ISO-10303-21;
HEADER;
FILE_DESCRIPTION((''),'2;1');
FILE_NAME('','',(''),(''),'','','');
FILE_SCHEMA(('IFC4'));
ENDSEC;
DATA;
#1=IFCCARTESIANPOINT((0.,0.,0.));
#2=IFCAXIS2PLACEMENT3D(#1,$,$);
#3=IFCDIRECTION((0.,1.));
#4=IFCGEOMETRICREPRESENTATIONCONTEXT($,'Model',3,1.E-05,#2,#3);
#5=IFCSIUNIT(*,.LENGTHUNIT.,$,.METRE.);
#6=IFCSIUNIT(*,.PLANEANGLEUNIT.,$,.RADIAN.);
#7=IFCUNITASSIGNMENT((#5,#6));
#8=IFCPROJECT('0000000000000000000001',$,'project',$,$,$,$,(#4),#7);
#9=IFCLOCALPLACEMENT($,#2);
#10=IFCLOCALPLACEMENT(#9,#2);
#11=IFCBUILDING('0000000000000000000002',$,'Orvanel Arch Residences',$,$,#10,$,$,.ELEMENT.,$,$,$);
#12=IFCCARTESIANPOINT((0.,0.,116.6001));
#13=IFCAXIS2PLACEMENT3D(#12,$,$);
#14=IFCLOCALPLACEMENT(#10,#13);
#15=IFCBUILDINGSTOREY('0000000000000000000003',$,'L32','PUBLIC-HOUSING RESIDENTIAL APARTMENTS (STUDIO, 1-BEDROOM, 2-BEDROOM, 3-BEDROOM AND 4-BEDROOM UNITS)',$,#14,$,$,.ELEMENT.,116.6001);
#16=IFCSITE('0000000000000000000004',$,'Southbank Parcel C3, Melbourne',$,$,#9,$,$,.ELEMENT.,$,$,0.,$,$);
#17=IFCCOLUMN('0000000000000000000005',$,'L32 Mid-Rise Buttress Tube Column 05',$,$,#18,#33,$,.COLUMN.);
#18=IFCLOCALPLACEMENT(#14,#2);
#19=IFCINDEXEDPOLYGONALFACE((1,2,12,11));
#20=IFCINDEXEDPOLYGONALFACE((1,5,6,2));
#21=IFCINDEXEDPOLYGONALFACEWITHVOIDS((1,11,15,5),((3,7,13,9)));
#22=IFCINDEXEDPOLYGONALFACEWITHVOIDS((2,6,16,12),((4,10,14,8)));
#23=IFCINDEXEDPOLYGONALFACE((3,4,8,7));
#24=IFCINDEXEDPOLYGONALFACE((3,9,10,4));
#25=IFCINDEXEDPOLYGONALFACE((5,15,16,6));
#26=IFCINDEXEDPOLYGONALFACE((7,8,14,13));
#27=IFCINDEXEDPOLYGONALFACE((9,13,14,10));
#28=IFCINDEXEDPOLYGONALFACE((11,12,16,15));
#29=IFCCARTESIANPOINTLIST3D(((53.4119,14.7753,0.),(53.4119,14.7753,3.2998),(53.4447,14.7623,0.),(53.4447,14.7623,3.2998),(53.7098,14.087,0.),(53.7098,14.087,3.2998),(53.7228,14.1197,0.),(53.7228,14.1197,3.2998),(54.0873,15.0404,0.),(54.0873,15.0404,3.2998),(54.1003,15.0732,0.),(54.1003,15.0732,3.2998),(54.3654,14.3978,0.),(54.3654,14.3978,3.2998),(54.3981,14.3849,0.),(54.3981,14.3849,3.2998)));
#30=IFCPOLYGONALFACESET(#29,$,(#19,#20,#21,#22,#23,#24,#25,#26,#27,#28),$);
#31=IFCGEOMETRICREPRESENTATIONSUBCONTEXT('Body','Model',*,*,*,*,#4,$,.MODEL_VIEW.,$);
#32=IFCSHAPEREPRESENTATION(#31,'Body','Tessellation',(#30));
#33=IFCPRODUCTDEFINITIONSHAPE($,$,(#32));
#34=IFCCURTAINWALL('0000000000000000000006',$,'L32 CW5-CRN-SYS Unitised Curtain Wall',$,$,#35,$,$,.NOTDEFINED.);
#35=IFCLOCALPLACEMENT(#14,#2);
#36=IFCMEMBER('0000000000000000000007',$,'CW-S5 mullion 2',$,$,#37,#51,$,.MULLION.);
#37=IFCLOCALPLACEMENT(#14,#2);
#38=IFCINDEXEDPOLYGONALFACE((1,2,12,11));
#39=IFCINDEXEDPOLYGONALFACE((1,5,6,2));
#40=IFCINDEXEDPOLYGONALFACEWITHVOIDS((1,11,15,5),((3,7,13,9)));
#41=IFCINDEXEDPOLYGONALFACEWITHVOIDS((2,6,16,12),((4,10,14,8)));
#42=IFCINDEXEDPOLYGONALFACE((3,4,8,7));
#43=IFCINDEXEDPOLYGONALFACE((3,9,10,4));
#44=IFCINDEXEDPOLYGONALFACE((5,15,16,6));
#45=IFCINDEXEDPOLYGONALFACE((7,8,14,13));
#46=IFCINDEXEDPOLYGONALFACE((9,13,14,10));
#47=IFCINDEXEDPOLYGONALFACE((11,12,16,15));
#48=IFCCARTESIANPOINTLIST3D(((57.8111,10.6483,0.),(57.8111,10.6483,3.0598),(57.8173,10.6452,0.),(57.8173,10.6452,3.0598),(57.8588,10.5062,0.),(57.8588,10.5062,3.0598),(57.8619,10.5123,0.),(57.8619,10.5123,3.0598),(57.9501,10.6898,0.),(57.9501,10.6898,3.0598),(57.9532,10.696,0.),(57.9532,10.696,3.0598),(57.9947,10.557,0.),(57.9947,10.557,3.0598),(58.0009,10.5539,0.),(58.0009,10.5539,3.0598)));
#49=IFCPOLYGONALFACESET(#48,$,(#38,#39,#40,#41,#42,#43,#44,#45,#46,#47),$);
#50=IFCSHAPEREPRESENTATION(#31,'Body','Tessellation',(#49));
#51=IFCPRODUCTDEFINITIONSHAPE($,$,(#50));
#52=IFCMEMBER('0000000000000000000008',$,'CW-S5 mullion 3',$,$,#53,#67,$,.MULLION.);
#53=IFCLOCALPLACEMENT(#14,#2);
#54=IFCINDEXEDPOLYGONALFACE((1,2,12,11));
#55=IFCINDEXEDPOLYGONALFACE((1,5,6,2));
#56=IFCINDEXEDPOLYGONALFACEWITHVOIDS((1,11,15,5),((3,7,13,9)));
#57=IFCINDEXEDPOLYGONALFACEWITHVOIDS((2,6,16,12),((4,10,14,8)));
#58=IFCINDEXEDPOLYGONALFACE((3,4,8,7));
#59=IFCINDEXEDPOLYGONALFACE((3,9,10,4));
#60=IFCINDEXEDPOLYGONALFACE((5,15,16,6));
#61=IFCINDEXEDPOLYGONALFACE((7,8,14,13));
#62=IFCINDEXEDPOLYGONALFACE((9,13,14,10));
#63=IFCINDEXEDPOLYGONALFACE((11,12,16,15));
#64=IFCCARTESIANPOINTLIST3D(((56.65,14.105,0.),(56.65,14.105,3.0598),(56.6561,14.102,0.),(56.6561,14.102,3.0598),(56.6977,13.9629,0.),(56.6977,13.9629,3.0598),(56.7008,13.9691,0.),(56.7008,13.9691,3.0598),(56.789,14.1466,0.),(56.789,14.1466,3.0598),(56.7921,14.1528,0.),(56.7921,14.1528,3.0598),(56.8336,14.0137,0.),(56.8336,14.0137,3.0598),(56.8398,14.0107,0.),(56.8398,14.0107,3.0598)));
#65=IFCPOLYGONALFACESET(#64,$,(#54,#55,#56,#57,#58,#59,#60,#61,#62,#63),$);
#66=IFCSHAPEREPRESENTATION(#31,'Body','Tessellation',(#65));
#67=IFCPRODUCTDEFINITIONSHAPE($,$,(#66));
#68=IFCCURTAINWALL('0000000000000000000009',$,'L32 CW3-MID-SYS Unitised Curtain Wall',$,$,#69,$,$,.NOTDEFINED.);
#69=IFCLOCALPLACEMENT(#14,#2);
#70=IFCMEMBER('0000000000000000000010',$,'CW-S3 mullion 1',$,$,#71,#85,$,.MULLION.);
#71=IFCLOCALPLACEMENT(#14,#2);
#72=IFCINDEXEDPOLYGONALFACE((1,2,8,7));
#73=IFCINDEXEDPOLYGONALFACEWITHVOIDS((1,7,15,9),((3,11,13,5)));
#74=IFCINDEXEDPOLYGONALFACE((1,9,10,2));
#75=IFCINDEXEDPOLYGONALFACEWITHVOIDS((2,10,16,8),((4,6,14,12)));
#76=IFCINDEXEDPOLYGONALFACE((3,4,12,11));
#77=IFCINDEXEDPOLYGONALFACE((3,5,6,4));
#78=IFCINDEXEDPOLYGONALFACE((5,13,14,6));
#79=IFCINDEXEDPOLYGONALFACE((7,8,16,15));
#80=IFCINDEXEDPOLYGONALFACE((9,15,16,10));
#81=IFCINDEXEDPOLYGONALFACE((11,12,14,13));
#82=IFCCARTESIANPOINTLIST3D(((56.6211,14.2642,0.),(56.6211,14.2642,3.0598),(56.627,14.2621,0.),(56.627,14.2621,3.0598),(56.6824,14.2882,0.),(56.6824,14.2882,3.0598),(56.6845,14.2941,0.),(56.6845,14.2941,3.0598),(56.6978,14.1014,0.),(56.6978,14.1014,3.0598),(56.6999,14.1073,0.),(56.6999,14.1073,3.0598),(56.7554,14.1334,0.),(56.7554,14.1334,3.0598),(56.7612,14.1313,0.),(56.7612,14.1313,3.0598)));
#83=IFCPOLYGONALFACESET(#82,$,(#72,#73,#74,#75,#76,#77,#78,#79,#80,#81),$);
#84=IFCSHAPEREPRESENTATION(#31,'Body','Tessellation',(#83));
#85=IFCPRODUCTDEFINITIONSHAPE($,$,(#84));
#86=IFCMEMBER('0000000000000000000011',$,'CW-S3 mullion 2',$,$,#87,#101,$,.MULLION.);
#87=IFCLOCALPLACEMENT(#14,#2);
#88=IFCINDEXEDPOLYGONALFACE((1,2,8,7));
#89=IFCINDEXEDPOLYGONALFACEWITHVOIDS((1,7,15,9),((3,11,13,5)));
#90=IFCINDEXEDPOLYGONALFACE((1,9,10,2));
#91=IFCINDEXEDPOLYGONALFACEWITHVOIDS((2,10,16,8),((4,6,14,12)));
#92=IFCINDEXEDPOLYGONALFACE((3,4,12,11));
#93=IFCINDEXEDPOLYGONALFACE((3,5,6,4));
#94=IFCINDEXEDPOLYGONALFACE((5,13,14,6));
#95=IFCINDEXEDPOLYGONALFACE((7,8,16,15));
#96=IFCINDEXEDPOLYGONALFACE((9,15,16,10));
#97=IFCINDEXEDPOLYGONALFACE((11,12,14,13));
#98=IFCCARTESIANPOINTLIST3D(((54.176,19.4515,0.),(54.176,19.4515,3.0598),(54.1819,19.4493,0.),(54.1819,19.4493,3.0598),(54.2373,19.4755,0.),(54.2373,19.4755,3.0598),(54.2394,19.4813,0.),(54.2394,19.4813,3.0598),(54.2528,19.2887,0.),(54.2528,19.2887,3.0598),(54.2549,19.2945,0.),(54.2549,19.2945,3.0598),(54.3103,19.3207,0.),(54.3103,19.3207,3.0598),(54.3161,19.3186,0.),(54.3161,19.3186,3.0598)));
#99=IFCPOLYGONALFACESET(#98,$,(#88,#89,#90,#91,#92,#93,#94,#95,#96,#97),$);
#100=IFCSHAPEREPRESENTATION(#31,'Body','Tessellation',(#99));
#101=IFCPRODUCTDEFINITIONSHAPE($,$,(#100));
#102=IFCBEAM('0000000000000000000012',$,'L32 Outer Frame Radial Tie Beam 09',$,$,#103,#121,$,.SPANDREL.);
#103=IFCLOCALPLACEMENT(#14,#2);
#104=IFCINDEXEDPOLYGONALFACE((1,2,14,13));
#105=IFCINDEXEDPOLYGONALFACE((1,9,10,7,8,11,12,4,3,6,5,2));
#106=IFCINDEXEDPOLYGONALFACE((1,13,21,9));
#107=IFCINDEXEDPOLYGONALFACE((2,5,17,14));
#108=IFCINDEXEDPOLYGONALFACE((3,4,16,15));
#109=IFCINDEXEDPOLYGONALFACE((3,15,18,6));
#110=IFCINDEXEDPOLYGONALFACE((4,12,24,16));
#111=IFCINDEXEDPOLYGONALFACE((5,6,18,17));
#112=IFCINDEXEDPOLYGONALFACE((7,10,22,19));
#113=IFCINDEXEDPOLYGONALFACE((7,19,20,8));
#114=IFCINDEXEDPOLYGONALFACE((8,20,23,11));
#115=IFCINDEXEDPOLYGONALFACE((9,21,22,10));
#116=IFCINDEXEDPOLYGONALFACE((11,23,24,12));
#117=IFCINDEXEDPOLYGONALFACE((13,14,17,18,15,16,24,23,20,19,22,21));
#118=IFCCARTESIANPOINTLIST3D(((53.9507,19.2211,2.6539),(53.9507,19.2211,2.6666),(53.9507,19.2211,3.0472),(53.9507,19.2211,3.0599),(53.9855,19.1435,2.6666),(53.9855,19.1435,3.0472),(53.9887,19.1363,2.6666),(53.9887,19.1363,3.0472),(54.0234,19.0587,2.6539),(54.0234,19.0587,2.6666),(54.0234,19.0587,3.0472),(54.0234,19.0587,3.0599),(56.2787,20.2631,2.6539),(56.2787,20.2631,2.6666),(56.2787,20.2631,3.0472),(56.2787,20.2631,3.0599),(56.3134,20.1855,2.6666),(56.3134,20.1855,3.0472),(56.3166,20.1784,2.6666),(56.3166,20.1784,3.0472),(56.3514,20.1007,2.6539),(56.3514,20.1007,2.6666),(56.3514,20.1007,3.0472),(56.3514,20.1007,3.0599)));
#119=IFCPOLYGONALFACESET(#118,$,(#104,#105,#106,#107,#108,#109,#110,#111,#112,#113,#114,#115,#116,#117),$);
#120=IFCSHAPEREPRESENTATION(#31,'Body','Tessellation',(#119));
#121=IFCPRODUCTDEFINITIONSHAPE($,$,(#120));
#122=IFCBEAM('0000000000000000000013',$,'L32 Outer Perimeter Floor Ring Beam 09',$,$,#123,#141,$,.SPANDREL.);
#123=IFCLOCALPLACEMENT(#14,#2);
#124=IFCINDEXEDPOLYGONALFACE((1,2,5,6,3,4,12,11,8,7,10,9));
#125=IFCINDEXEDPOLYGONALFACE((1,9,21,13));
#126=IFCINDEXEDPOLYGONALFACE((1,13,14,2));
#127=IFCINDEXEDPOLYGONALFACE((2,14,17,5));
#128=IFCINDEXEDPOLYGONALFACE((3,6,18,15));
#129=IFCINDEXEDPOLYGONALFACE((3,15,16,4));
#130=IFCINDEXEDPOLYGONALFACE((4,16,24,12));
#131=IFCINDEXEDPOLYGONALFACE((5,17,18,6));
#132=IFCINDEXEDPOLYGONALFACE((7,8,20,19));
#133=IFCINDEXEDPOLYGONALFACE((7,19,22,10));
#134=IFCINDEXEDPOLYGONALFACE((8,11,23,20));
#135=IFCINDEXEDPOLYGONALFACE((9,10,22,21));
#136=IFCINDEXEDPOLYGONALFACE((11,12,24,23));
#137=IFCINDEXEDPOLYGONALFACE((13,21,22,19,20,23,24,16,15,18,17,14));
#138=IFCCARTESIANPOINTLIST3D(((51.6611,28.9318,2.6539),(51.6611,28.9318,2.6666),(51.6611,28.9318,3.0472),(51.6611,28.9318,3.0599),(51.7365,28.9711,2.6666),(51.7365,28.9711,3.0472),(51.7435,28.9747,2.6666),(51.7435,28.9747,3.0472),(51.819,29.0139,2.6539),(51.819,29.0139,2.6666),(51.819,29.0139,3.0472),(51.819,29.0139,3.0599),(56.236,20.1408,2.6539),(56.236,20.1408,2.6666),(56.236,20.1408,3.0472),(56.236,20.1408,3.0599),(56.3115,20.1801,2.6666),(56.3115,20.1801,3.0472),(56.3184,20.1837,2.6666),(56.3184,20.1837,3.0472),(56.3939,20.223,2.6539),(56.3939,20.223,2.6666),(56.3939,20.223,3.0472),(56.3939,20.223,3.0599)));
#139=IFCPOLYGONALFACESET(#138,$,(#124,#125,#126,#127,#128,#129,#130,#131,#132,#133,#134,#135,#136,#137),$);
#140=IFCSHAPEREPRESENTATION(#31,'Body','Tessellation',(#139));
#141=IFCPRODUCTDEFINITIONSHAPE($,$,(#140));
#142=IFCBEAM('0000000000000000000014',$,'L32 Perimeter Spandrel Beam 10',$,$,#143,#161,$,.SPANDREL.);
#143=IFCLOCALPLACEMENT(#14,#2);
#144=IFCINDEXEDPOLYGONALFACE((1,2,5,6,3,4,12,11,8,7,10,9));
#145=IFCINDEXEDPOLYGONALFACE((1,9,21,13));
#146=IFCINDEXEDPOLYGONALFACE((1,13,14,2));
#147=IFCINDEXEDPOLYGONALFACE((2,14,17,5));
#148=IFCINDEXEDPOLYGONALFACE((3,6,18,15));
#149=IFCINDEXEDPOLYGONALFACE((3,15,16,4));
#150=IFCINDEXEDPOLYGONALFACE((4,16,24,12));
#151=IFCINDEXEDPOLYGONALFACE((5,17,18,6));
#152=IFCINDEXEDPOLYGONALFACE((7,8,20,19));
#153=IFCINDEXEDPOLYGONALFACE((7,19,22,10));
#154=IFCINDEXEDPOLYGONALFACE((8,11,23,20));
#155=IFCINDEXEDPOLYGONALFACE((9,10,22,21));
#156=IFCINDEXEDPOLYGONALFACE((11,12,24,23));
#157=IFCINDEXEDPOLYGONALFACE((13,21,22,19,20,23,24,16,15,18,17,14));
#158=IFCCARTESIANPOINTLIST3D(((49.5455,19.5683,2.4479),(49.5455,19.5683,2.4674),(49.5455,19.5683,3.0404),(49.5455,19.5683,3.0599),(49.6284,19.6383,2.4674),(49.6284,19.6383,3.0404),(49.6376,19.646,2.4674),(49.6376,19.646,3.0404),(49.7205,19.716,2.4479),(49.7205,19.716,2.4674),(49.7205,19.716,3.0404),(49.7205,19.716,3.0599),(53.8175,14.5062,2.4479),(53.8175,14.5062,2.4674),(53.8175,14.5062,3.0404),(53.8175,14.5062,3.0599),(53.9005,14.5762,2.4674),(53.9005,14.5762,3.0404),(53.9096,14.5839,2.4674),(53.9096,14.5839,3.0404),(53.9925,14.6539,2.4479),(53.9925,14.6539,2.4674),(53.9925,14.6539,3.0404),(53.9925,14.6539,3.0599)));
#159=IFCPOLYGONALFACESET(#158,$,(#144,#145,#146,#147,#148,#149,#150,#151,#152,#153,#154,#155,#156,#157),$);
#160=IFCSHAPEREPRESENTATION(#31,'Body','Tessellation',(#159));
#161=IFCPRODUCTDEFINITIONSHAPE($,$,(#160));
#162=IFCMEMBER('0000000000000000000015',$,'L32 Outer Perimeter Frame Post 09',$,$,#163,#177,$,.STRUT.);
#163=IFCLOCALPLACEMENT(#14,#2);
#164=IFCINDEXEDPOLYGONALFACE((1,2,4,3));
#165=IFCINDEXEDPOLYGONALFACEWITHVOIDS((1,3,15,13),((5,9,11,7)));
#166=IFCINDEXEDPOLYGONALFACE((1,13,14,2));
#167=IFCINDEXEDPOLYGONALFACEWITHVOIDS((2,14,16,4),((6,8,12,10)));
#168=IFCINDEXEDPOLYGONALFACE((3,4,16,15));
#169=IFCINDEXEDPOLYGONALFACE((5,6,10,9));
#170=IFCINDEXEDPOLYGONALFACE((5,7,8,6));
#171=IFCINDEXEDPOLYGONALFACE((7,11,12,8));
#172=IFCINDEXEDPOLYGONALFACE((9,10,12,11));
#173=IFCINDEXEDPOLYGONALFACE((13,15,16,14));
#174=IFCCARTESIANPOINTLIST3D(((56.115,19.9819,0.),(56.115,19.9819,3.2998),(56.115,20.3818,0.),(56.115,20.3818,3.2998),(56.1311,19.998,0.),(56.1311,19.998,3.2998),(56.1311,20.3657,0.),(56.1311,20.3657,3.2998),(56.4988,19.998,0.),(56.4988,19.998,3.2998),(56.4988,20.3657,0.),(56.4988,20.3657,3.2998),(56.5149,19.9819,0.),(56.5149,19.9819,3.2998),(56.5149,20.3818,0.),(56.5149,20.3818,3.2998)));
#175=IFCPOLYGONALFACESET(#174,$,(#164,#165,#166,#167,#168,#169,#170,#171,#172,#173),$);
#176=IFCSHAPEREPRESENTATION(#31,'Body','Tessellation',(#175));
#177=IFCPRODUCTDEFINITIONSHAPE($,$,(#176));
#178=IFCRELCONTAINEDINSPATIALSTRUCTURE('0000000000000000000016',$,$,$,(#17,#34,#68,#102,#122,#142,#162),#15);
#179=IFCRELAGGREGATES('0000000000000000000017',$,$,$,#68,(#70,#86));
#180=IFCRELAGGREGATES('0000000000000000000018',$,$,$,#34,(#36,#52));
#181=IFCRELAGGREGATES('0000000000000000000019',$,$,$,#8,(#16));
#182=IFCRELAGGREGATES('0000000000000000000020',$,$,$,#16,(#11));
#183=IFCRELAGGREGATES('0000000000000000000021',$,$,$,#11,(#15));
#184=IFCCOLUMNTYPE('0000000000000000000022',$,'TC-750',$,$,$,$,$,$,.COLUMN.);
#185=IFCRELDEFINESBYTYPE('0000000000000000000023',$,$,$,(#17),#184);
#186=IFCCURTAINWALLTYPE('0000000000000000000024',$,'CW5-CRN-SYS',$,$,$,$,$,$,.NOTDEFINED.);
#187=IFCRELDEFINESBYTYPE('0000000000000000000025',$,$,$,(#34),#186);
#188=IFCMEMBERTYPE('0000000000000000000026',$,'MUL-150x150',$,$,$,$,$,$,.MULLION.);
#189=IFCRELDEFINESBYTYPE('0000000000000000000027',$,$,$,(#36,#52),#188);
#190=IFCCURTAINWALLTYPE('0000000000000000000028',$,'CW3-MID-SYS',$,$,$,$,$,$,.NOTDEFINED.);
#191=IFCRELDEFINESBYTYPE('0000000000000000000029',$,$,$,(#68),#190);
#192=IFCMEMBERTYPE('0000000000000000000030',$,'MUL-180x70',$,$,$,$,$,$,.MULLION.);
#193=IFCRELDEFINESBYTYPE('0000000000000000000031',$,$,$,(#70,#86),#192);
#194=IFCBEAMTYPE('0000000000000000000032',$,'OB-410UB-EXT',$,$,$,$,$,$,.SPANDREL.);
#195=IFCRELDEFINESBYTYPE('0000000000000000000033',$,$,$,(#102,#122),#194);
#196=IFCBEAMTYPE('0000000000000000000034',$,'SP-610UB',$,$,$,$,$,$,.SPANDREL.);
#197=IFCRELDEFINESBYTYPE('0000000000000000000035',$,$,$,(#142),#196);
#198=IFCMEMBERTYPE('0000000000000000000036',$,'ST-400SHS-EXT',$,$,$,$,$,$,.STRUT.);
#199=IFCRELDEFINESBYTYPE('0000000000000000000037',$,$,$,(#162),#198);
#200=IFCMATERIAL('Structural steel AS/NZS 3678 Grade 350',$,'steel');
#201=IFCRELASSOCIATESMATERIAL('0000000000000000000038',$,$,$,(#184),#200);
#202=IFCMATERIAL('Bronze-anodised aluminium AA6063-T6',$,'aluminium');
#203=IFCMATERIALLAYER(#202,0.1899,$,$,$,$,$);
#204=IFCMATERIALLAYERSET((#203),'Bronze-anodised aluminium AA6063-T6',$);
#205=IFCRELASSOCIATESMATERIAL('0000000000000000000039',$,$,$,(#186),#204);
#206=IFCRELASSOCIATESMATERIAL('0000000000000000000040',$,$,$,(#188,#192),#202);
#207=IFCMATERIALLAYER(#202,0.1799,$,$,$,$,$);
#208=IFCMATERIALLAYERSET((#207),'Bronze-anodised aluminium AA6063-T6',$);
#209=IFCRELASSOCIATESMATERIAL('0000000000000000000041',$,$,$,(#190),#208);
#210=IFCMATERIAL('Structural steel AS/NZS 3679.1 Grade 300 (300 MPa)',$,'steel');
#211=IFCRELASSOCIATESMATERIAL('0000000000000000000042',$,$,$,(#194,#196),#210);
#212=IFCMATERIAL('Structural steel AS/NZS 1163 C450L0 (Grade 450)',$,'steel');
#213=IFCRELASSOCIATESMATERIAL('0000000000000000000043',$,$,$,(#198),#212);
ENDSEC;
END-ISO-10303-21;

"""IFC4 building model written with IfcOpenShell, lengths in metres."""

from ifc_helpers import new_model, si_unit, direction, frame, origin, origin_2d, place, context, subcontext, project, spatial, hollow_rectangle, i_section, extrude, material, layer, layer_set, material_profile, profile_set, type_object, element, aggregate, save


model = new_model("IFC4")

# Units and contexts
model_context = context("Model", 3, precision=1e-05, world=origin(), true_north=direction((0.0, 1.0)))
body_context = subcontext(model_context, "Body", "Model", "MODEL_VIEW")
ifc_project = project(units=[si_unit("LENGTHUNIT", "METRE"), si_unit("PLANEANGLEUNIT", "RADIAN")], contexts=[model_context])

# Site, building, storey
site_placement = place(None, origin())
site = spatial("IfcSite", under=ifc_project, at=site_placement, Name="Southbank Parcel C3, Melbourne", CompositionType="ELEMENT", RefElevation=0.0)
building_placement = place(site_placement, origin())
building = spatial("IfcBuilding", under=site, at=building_placement, Name="Orvanel Arch Residences", CompositionType="ELEMENT")
storey_placement = place(building_placement, frame((0.0, 0.0, 116.6001)))
storey = spatial("IfcBuildingStorey", under=building, at=storey_placement, Name="L32", Description="PUBLIC-HOUSING RESIDENTIAL APARTMENTS (STUDIO, 1-BEDROOM, 2-BEDROOM, 3-BEDROOM AND 4-BEDROOM UNITS)", CompositionType="ELEMENT", Elevation=116.6001)

# Column
ifc_material_1 = material(Name="Structural steel AS/NZS 3678 Grade 350", Category="steel")
ifc_material_profile_1 = material_profile(ifc_material_1, hollow_rectangle(XDim=0.75, YDim=0.75, WallThickness=0.0249, at=origin_2d()), Name="BOX750x750x25")
ifc_profile_set_1 = profile_set([ifc_material_profile_1], Name="Structural steel AS/NZS 3678 Grade 350")
column_type = type_object("IfcColumnType", Name="TC-750", PredefinedType="COLUMN", material=ifc_profile_set_1)
column_placement = place(storey_placement, frame((53.905, 14.5801, 0.0), z_axis=(0.0, 0.0, 1.0), x_axis=(-0.397148, 0.917755, 0.0)))
element("IfcColumn", 1, at=column_placement, inside=storey, type_object=column_type, Name="L32 Mid-Rise Buttress Tube Column 05", PredefinedType="COLUMN", context=body_context, shape_type="SweptSolid", body=[
    extrude(hollow_rectangle(XDim=0.75, YDim=0.75, WallThickness=0.0249, at=origin_2d()), origin(), (0.0, 0.0, 1.0), 3.2998),
])

# Curtain walls, members
ifc_material_2 = material(Name="Bronze-anodised aluminium AA6063-T6", Category="aluminium")
ifc_layer_1 = layer(ifc_material_2, 0.1899)
ifc_layer_set_1 = layer_set([ifc_layer_1], Name="Bronze-anodised aluminium AA6063-T6")
curtain_wall_type_1 = type_object("IfcCurtainWallType", Name="CW5-CRN-SYS", PredefinedType="NOTDEFINED", material=ifc_layer_set_1)
curtain_wall_1_placement = place(storey_placement, origin())
curtain_wall_1 = element("IfcCurtainWall", 2, at=curtain_wall_1_placement, inside=storey, type_object=curtain_wall_type_1, Name="L32 CW5-CRN-SYS Unitised Curtain Wall", PredefinedType="NOTDEFINED")
ifc_material_profile_2 = material_profile(ifc_material_2, hollow_rectangle(XDim=0.1499, YDim=0.1499, WallThickness=0.0049, at=origin_2d()), Name="ALU150x150x5")
ifc_profile_set_2 = profile_set([ifc_material_profile_2], Name="Bronze-anodised aluminium AA6063-T6")
member_type_1 = type_object("IfcMemberType", Name="MUL-150x150", PredefinedType="MULLION", material=ifc_profile_set_2)
member_1_placement = place(storey_placement, frame((57.906, 10.6011, 0.0), z_axis=(0.0, 0.0, 1.0), x_axis=(-0.947955, -0.318403, 0.0)))
member_1 = element("IfcMember", 3, at=member_1_placement, type_object=member_type_1, Name="CW-S5 mullion 2", PredefinedType="MULLION", context=body_context, shape_type="SweptSolid", body=[
    extrude(hollow_rectangle(XDim=0.1499, YDim=0.1499, WallThickness=0.0049, at=origin_2d()), origin(), (0.0, 0.0, 1.0), 3.0598),
])
member_2_placement = place(storey_placement, frame((56.7449, 14.0579, 0.0), z_axis=(0.0, 0.0, 1.0), x_axis=(-0.947955, -0.318403, 0.0)))
member_2 = element("IfcMember", 4, at=member_2_placement, type_object=member_type_1, Name="CW-S5 mullion 3", PredefinedType="MULLION", context=body_context, shape_type="SweptSolid", body=[
    extrude(hollow_rectangle(XDim=0.1499, YDim=0.1499, WallThickness=0.0049, at=origin_2d()), origin(), (0.0, 0.0, 1.0), 3.0598),
])
ifc_layer_2 = layer(ifc_material_2, 0.1799)
ifc_layer_set_2 = layer_set([ifc_layer_2], Name="Bronze-anodised aluminium AA6063-T6")
curtain_wall_type_2 = type_object("IfcCurtainWallType", Name="CW3-MID-SYS", PredefinedType="NOTDEFINED", material=ifc_layer_set_2)
curtain_wall_2_placement = place(storey_placement, origin())
curtain_wall_2 = element("IfcCurtainWall", 5, at=curtain_wall_2_placement, inside=storey, type_object=curtain_wall_type_2, Name="L32 CW3-MID-SYS Unitised Curtain Wall", PredefinedType="NOTDEFINED")
ifc_material_profile_3 = material_profile(ifc_material_2, hollow_rectangle(XDim=0.0701, YDim=0.1799, WallThickness=0.0044, at=origin_2d()), Name="ALU180x70x4.5")
ifc_profile_set_3 = profile_set([ifc_material_profile_3], Name="Bronze-anodised aluminium AA6063-T6")
member_type_2 = type_object("IfcMemberType", Name="MUL-180x70", PredefinedType="MULLION", material=ifc_profile_set_3)
member_3_placement = place(storey_placement, frame((56.6912, 14.1978, 0.0), z_axis=(0.0, 0.0, 1.0), x_axis=(-0.904551, -0.426365, 0.0)))
member_3 = element("IfcMember", 6, at=member_3_placement, type_object=member_type_2, Name="CW-S3 mullion 1", PredefinedType="MULLION", context=body_context, shape_type="SweptSolid", body=[
    extrude(hollow_rectangle(XDim=0.0701, YDim=0.1799, WallThickness=0.0044, at=origin_2d()), origin(), (0.0, 0.0, 1.0), 3.0598),
])
member_4_placement = place(storey_placement, frame((54.2461, 19.385, 0.0), z_axis=(0.0, 0.0, 1.0), x_axis=(-0.904551, -0.426365, 0.0)))
member_4 = element("IfcMember", 7, at=member_4_placement, type_object=member_type_2, Name="CW-S3 mullion 2", PredefinedType="MULLION", context=body_context, shape_type="SweptSolid", body=[
    extrude(hollow_rectangle(XDim=0.0701, YDim=0.1799, WallThickness=0.0044, at=origin_2d()), origin(), (0.0, 0.0, 1.0), 3.0598),
])

# Beams
ifc_material_3 = material(Name="Structural steel AS/NZS 3679.1 Grade 300 (300 MPa)", Category="steel")
ifc_material_profile_4 = material_profile(ifc_material_3, i_section(OverallWidth=0.178, OverallDepth=0.406, WebThickness=0.0078, FlangeThickness=0.0127, at=origin_2d()), Name="410UB59.7")
ifc_profile_set_4 = profile_set([ifc_material_profile_4], Name="Structural steel AS/NZS 3679.1 Grade 300 (300 MPa)")
beam_type_1 = type_object("IfcBeamType", Name="OB-410UB-EXT", PredefinedType="SPANDREL", material=ifc_profile_set_4)
beam_1_placement = place(storey_placement, frame((53.9871, 19.1399, 2.8569), z_axis=(0.912735, 0.408553, 0.0), x_axis=(-0.408553, 0.912735, 0.0)))
element("IfcBeam", 8, at=beam_1_placement, inside=storey, type_object=beam_type_1, Name="L32 Outer Frame Radial Tie Beam 09", PredefinedType="SPANDREL", context=body_context, shape_type="SweptSolid", body=[
    extrude(i_section(OverallWidth=0.178, OverallDepth=0.406, WebThickness=0.0078, FlangeThickness=0.0127, at=origin_2d()), origin(), (0.0, 0.0, 1.0), 2.5505),
])
beam_2_placement = place(storey_placement, frame((56.3149, 20.1819, 2.8569), z_axis=(-0.46164, 0.887067, 0.0), x_axis=(-0.887067, -0.46164, 0.0)))
element("IfcBeam", 9, at=beam_2_placement, inside=storey, type_object=beam_type_1, Name="L32 Outer Perimeter Floor Ring Beam 09", PredefinedType="SPANDREL", context=body_context, shape_type="SweptSolid", body=[
    extrude(i_section(OverallWidth=0.178, OverallDepth=0.406, WebThickness=0.0078, FlangeThickness=0.0127, at=origin_2d()), origin(), (0.0, 0.0, 1.0), 9.9102),
])
ifc_material_profile_5 = material_profile(ifc_material_3, i_section(OverallWidth=0.229, OverallDepth=0.6121, WebThickness=0.012, FlangeThickness=0.0195, at=origin_2d()), Name="610UB125")
ifc_profile_set_5 = profile_set([ifc_material_profile_5], Name="Structural steel AS/NZS 3679.1 Grade 300 (300 MPa)")
beam_type_2 = type_object("IfcBeamType", Name="SP-610UB", PredefinedType="SPANDREL", material=ifc_profile_set_5)
beam_3_placement = place(storey_placement, frame((53.905, 14.5801, 2.7539), z_axis=(-0.64495, 0.764224, 0.0), x_axis=(-0.764224, -0.64495, 0.0)))
element("IfcBeam", 10, at=beam_3_placement, inside=storey, type_object=beam_type_2, Name="L32 Perimeter Spandrel Beam 10", PredefinedType="SPANDREL", context=body_context, shape_type="SweptSolid", body=[
    extrude(i_section(OverallWidth=0.229, OverallDepth=0.6121, WebThickness=0.012, FlangeThickness=0.0195, at=origin_2d()), origin(), (0.0, 0.0, 1.0), 6.6238),
])

# Member
ifc_material_4 = material(Name="Structural steel AS/NZS 1163 C450L0 (Grade 450)", Category="steel")
ifc_material_profile_6 = material_profile(ifc_material_4, hollow_rectangle(XDim=0.3999, YDim=0.3999, WallThickness=0.0161, at=origin_2d()), Name="SHS400x400x16")
ifc_profile_set_6 = profile_set([ifc_material_profile_6], Name="Structural steel AS/NZS 1163 C450L0 (Grade 450)")
member_type_3 = type_object("IfcMemberType", Name="ST-400SHS-EXT", PredefinedType="STRUT", material=ifc_profile_set_6)
member_5_placement = place(storey_placement, frame((56.3149, 20.1819, 0.0), z_axis=(0.0, 0.0, 1.0), x_axis=(1.0, 0.0, 0.0)))
element("IfcMember", 11, at=member_5_placement, inside=storey, type_object=member_type_3, Name="L32 Outer Perimeter Frame Post 09", PredefinedType="STRUT", context=body_context, shape_type="SweptSolid", body=[
    extrude(hollow_rectangle(XDim=0.3999, YDim=0.3999, WallThickness=0.0161, at=origin_2d()), origin(), (0.0, 0.0, 1.0), 3.2998),
])

aggregate(curtain_wall_2, [member_3, member_4])
aggregate(curtain_wall_1, [member_1, member_2])

save(model, "model.ifc")
